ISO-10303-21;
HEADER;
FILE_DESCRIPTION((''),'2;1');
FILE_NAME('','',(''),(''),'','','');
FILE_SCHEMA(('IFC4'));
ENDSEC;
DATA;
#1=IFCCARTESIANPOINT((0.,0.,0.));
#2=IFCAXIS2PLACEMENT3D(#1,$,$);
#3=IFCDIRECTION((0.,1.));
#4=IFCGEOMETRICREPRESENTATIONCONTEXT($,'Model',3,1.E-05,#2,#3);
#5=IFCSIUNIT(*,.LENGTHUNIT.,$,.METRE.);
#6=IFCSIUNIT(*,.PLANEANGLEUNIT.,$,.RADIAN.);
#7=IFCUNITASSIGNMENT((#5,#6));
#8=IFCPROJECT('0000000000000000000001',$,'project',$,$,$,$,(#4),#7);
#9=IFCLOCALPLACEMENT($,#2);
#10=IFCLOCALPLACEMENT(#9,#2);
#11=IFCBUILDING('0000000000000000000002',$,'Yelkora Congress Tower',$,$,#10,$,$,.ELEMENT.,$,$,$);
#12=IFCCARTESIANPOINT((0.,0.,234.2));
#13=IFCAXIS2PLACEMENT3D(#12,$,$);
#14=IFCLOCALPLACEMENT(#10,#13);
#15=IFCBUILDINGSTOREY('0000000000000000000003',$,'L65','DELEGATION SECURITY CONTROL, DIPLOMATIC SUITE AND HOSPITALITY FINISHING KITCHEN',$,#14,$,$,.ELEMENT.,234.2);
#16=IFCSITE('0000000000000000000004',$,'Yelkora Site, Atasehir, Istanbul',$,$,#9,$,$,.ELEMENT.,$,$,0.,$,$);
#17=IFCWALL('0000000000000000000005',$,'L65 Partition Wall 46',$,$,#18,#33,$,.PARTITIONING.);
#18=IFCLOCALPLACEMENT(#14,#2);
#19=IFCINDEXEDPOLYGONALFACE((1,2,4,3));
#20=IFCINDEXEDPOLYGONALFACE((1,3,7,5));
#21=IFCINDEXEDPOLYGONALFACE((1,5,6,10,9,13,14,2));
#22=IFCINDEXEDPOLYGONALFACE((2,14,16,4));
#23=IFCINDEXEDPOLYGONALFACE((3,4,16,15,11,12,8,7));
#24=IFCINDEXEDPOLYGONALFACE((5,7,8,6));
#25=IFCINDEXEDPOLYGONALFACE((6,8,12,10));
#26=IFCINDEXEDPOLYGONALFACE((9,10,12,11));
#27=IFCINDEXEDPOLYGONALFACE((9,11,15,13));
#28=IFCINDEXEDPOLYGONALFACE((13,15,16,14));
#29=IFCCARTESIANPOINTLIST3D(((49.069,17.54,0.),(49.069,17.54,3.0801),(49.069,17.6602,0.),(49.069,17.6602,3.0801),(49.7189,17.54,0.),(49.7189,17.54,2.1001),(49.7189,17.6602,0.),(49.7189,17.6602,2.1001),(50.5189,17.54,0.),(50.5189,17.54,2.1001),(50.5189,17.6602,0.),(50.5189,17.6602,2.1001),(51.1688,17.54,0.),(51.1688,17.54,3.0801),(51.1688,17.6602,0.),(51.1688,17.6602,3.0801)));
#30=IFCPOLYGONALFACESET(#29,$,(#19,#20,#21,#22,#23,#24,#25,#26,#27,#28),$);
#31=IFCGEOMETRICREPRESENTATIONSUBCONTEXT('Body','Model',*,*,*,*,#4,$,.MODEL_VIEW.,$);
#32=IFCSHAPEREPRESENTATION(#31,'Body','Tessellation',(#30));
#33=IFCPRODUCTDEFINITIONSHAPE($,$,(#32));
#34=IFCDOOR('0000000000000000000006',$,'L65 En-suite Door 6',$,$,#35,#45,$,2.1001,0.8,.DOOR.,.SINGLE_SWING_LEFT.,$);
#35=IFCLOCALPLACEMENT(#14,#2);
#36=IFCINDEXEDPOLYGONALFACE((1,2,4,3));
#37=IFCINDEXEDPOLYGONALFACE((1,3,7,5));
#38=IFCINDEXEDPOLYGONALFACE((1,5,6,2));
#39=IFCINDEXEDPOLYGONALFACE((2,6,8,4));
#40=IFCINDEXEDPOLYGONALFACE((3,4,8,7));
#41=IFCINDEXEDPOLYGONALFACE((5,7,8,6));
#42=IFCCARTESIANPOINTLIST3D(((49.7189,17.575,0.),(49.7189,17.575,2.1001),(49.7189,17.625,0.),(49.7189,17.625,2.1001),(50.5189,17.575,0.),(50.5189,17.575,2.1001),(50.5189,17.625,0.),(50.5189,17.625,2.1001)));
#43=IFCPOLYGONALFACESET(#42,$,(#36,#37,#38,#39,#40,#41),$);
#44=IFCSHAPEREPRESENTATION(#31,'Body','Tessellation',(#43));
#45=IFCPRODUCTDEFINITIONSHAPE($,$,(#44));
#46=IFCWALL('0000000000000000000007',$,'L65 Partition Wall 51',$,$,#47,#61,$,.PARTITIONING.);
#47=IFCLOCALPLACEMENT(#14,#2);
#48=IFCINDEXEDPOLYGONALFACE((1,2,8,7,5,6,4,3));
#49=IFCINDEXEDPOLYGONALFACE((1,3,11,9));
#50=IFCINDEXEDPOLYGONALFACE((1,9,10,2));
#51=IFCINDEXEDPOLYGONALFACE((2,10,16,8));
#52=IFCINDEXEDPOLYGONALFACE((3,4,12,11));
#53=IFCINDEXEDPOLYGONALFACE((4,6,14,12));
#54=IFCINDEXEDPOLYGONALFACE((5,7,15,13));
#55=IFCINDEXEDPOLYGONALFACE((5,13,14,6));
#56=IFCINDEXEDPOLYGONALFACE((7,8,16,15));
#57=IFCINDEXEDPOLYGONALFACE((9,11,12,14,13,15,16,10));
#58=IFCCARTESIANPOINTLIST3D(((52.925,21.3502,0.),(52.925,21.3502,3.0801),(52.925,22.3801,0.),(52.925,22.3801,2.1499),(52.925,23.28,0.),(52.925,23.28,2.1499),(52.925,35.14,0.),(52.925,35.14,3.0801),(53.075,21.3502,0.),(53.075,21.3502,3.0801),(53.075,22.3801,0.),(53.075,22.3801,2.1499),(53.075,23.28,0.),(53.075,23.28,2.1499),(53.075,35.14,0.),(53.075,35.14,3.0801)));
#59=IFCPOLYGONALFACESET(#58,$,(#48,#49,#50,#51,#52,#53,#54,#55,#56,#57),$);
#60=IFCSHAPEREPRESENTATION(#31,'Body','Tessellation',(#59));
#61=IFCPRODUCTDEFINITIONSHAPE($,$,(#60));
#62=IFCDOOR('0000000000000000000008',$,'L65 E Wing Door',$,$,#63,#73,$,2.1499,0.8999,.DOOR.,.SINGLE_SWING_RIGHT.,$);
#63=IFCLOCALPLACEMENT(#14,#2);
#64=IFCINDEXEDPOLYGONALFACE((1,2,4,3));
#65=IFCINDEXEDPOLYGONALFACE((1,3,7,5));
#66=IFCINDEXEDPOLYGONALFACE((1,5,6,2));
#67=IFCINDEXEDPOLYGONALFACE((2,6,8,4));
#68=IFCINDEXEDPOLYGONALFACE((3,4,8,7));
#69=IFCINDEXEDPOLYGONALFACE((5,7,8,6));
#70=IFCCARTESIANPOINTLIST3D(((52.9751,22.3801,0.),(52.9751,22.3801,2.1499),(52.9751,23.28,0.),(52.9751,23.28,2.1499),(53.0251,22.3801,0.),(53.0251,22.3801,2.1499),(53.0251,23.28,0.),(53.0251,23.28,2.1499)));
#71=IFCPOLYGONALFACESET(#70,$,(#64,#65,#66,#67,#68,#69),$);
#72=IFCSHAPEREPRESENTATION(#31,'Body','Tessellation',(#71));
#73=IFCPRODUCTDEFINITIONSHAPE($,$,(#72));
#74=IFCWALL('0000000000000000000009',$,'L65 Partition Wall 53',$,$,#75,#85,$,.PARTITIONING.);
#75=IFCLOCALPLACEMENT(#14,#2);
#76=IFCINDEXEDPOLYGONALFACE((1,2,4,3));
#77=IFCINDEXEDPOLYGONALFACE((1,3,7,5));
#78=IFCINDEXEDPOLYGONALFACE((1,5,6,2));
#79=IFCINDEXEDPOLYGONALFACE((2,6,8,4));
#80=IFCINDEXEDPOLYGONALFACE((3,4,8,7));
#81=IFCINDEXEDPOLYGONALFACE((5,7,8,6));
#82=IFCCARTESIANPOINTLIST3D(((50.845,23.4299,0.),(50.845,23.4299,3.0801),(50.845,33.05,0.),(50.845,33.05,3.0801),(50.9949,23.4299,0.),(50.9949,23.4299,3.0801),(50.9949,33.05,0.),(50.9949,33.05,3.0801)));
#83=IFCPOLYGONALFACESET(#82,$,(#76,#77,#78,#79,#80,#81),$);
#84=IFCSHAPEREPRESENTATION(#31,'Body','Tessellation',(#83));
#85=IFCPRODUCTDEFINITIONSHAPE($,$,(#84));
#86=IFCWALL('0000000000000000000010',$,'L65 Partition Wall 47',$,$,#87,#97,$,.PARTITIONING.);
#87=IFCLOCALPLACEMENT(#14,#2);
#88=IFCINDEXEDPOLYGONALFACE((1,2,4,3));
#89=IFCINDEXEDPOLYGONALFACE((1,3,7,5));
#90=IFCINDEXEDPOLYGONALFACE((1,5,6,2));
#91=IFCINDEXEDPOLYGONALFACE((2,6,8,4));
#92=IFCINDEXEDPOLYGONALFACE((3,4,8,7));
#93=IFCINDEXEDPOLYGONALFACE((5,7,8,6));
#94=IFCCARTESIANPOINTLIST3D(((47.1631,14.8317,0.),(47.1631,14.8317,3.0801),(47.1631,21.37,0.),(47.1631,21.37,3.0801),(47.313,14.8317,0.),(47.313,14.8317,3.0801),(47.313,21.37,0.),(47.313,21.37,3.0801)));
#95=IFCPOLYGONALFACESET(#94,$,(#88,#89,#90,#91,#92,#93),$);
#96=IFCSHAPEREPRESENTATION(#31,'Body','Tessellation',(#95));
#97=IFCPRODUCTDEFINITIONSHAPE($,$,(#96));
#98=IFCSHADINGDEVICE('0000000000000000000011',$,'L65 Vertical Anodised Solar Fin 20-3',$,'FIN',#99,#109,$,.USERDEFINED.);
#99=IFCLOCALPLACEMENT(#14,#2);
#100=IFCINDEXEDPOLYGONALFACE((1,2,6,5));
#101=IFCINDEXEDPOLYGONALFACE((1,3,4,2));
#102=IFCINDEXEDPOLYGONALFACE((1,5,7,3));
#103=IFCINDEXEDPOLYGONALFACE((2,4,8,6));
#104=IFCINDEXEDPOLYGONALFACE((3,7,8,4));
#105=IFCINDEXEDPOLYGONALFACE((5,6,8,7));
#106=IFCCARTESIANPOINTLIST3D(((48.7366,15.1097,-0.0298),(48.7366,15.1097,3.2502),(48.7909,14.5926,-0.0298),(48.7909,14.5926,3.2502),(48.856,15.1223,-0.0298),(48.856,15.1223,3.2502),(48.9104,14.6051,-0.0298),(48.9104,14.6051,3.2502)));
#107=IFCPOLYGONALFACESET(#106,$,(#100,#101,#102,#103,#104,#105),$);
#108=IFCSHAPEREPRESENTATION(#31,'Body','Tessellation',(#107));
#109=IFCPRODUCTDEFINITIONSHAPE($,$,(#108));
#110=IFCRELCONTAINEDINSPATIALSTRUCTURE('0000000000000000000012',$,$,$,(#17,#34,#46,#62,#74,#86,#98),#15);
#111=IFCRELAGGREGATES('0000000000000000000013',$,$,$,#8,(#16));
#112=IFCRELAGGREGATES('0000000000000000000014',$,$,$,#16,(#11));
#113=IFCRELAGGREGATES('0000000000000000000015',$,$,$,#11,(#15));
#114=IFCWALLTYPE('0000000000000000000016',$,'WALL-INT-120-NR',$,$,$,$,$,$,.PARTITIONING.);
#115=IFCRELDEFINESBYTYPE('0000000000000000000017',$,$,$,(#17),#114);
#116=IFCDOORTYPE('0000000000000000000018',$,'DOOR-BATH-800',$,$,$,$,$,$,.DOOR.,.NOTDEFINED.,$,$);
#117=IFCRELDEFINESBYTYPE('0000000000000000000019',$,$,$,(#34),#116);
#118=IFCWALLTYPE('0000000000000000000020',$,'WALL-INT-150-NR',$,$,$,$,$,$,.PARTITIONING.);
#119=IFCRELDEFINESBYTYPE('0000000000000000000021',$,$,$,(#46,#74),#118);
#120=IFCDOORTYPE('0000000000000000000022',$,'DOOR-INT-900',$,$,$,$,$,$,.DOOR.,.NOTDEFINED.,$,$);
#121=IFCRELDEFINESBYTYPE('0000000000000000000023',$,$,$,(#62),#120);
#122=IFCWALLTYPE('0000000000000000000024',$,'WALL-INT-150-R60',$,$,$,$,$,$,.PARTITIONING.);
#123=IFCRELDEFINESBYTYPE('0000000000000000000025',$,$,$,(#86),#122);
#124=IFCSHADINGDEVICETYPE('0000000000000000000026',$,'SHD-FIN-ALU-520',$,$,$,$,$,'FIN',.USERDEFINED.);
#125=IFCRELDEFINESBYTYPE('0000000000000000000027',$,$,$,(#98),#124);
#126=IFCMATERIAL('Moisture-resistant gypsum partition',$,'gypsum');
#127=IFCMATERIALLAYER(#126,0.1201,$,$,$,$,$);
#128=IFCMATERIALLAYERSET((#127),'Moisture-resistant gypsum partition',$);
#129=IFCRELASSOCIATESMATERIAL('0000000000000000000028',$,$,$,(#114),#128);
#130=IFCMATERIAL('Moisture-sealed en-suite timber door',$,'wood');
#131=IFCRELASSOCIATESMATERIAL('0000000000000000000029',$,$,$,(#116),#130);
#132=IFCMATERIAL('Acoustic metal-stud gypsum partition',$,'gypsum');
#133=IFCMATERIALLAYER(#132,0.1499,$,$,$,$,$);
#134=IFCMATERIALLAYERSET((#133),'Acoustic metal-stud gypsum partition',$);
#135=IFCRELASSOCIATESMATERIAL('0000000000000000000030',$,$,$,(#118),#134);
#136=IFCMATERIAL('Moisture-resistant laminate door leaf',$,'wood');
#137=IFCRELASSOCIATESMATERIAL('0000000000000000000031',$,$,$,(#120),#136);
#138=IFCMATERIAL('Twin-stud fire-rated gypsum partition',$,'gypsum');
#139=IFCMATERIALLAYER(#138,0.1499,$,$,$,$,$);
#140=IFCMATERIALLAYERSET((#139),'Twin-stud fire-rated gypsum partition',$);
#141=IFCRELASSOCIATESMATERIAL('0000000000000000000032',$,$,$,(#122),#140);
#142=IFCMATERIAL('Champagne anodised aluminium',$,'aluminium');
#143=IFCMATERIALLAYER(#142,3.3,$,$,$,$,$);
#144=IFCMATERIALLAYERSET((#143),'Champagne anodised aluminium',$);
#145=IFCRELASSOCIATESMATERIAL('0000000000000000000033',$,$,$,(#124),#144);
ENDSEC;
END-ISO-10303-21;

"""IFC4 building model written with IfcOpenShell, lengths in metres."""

from ifc_helpers import new_model, si_unit, direction, frame, frame_2d, origin, origin_2d, place, context, subcontext, project, spatial, rectangle, extrude, material, layer, layer_set, type_object, element, fill, save


model = new_model("IFC4")

# Units and contexts
model_context = context("Model", 3, precision=1e-05, world=origin(), true_north=direction((0.0, 1.0)))
body_context = subcontext(model_context, "Body", "Model", "MODEL_VIEW")
ifc_project = project(units=[si_unit("LENGTHUNIT", "METRE"), si_unit("PLANEANGLEUNIT", "RADIAN")], contexts=[model_context])

# Site, building, storey
site_placement = place(None, origin())
site = spatial("IfcSite", under=ifc_project, at=site_placement, Name="Yelkora Site, Atasehir, Istanbul", CompositionType="ELEMENT", RefElevation=0.0)
building_placement = place(site_placement, origin())
building = spatial("IfcBuilding", under=site, at=building_placement, Name="Yelkora Congress Tower", CompositionType="ELEMENT")
storey_placement = place(building_placement, frame((0.0, 0.0, 234.2)))
storey = spatial("IfcBuildingStorey", under=building, at=storey_placement, Name="L65", Description="DELEGATION SECURITY CONTROL, DIPLOMATIC SUITE AND HOSPITALITY FINISHING KITCHEN", CompositionType="ELEMENT", Elevation=234.2)

# Shared definitions
ifc_material_1 = material(Name="Moisture-resistant gypsum partition", Category="gypsum")
ifc_layer_1 = layer(ifc_material_1, 0.1201)
ifc_layer_set_1 = layer_set([ifc_layer_1], Name="Moisture-resistant gypsum partition")
wall_type_1 = type_object("IfcWallType", Name="WALL-INT-120-NR", PredefinedType="PARTITIONING", material=ifc_layer_set_1)

# Walls, openings, doors
wall_1_placement = place(storey_placement, frame((49.0691, 17.6001, 0.0), z_axis=(0.0, 0.0, 1.0), x_axis=(1.0, 0.0, 0.0)))
wall_1 = element("IfcWall", 1, at=wall_1_placement, inside=storey, type_object=wall_type_1, Name="L65 Partition Wall 46", PredefinedType="PARTITIONING", context=body_context, shape_type="SweptSolid", body=[
    extrude(rectangle(XDim=2.0999, YDim=0.1201, at=frame_2d((1.0498, 0.0))), origin(), (0.0, 0.0, 1.0), 3.0801),
])
opening_1_placement = place(wall_1_placement, frame((0.6499, 0.0, 0.0)))
opening_1 = element("IfcOpeningElement", 2, at=opening_1_placement, cuts=wall_1, PredefinedType="OPENING", context=body_context, shape_type="SweptSolid", body=[
    extrude(rectangle(XDim=0.8, YDim=2.1001, at=frame_2d((0.3999, 1.05))), frame((0.0, 0.0701, 0.0), z_axis=(0.0, -1.0, 0.0), x_axis=(1.0, 0.0, 0.0)), (0.0, 0.0, 1.0), 0.1401),
])
ifc_material_2 = material(Name="Moisture-sealed en-suite timber door", Category="wood")
door_type_1 = type_object("IfcDoorType", Name="DOOR-BATH-800", OperationType="NOTDEFINED", PredefinedType="DOOR", material=ifc_material_2)
door_1_placement = place(opening_1_placement, origin())
door_1 = element("IfcDoor", 3, at=door_1_placement, inside=storey, type_object=door_type_1, Name="L65 En-suite Door 6", OperationType="SINGLE_SWING_LEFT", OverallHeight=2.1001, OverallWidth=0.8, PredefinedType="DOOR", context=body_context, shape_type="SweptSolid", body=[
    extrude(rectangle(XDim=0.8, YDim=2.1001, at=frame_2d((0.3999, 1.05))), frame((0.0, 0.0249, 0.0), z_axis=(0.0, -1.0, 0.0), x_axis=(1.0, 0.0, 0.0)), (0.0, 0.0, 1.0), 0.05),
])
fill(opening_1, door_1)
ifc_material_3 = material(Name="Acoustic metal-stud gypsum partition", Category="gypsum")
ifc_layer_2 = layer(ifc_material_3, 0.1499)
ifc_layer_set_2 = layer_set([ifc_layer_2], Name="Acoustic metal-stud gypsum partition")
wall_type_2 = type_object("IfcWallType", Name="WALL-INT-150-NR", PredefinedType="PARTITIONING", material=ifc_layer_set_2)
wall_2_placement = place(storey_placement, frame((53.0, 21.3501, 0.0), z_axis=(0.0, 0.0, 1.0), x_axis=(0.0, 1.0, 0.0)))
wall_2 = element("IfcWall", 4, at=wall_2_placement, inside=storey, type_object=wall_type_2, Name="L65 Partition Wall 51", PredefinedType="PARTITIONING", context=body_context, shape_type="SweptSolid", body=[
    extrude(rectangle(XDim=13.7898, YDim=0.1499, at=frame_2d((6.895, 0.0))), origin(), (0.0, 0.0, 1.0), 3.0801),
])
opening_2_placement = place(wall_2_placement, frame((1.03, 0.0, 0.0)))
opening_2 = element("IfcOpeningElement", 5, at=opening_2_placement, cuts=wall_2, PredefinedType="OPENING", context=body_context, shape_type="SweptSolid", body=[
    extrude(rectangle(XDim=0.8999, YDim=2.1499, at=frame_2d((0.45, 1.075))), frame((0.0, 0.085, 0.0), z_axis=(0.0, -1.0, 0.0), x_axis=(1.0, 0.0, 0.0)), (0.0, 0.0, 1.0), 0.1699),
])
ifc_material_4 = material(Name="Moisture-resistant laminate door leaf", Category="wood")
door_type_2 = type_object("IfcDoorType", Name="DOOR-INT-900", OperationType="NOTDEFINED", PredefinedType="DOOR", material=ifc_material_4)
door_2_placement = place(opening_2_placement, origin())
door_2 = element("IfcDoor", 6, at=door_2_placement, inside=storey, type_object=door_type_2, Name="L65 E Wing Door", OperationType="SINGLE_SWING_RIGHT", OverallHeight=2.1499, OverallWidth=0.8999, PredefinedType="DOOR", context=body_context, shape_type="SweptSolid", body=[
    extrude(rectangle(XDim=0.8999, YDim=2.1499, at=frame_2d((0.45, 1.075))), frame((0.0, 0.0249, 0.0), z_axis=(0.0, -1.0, 0.0), x_axis=(1.0, 0.0, 0.0)), (0.0, 0.0, 1.0), 0.05),
])
fill(opening_2, door_2)

# Walls
wall_3_placement = place(storey_placement, frame((50.9199, 23.4299, 0.0), z_axis=(0.0, 0.0, 1.0), x_axis=(0.0, 1.0, 0.0)))
element("IfcWall", 7, at=wall_3_placement, inside=storey, type_object=wall_type_2, Name="L65 Partition Wall 53", PredefinedType="PARTITIONING", context=body_context, shape_type="SweptSolid", body=[
    extrude(rectangle(XDim=9.6201, YDim=0.1499, at=frame_2d((4.8101, 0.0))), origin(), (0.0, 0.0, 1.0), 3.0801),
])
ifc_material_5 = material(Name="Twin-stud fire-rated gypsum partition", Category="gypsum")
ifc_layer_3 = layer(ifc_material_5, 0.1499)
ifc_layer_set_3 = layer_set([ifc_layer_3], Name="Twin-stud fire-rated gypsum partition")
wall_type_3 = type_object("IfcWallType", Name="WALL-INT-150-R60", PredefinedType="PARTITIONING", material=ifc_layer_set_3)
wall_4_placement = place(storey_placement, frame((47.238, 14.8318, 0.0), z_axis=(0.0, 0.0, 1.0), x_axis=(0.0, 1.0, 0.0)))
element("IfcWall", 8, at=wall_4_placement, inside=storey, type_object=wall_type_3, Name="L65 Partition Wall 47", PredefinedType="PARTITIONING", context=body_context, shape_type="SweptSolid", body=[
    extrude(rectangle(XDim=6.5383, YDim=0.1499, at=frame_2d((3.269, 0.0))), origin(), (0.0, 0.0, 1.0), 3.0801),
])

# Shading device
ifc_material_6 = material(Name="Champagne anodised aluminium", Category="aluminium")
ifc_layer_4 = layer(ifc_material_6, 3.3)
ifc_layer_set_4 = layer_set([ifc_layer_4], Name="Champagne anodised aluminium")
shading_device_type = type_object("IfcShadingDeviceType", Name="SHD-FIN-ALU-520", ElementType="FIN", PredefinedType="USERDEFINED", material=ifc_layer_set_4)
shading_device_placement = place(storey_placement, frame((48.8235, 14.8574, -0.0298), z_axis=(0.0, 0.0, 1.0), x_axis=(-0.994522, -0.104528, 0.0)))
element("IfcShadingDevice", 9, at=shading_device_placement, inside=storey, type_object=shading_device_type, Name="L65 Vertical Anodised Solar Fin 20-3", ObjectType="FIN", PredefinedType="USERDEFINED", context=body_context, shape_type="SweptSolid", body=[
    extrude(rectangle(XDim=0.1201, YDim=0.52, at=origin_2d()), origin(), (0.0, 0.0, 1.0), 3.28),
])

save(model, "model.ifc")
